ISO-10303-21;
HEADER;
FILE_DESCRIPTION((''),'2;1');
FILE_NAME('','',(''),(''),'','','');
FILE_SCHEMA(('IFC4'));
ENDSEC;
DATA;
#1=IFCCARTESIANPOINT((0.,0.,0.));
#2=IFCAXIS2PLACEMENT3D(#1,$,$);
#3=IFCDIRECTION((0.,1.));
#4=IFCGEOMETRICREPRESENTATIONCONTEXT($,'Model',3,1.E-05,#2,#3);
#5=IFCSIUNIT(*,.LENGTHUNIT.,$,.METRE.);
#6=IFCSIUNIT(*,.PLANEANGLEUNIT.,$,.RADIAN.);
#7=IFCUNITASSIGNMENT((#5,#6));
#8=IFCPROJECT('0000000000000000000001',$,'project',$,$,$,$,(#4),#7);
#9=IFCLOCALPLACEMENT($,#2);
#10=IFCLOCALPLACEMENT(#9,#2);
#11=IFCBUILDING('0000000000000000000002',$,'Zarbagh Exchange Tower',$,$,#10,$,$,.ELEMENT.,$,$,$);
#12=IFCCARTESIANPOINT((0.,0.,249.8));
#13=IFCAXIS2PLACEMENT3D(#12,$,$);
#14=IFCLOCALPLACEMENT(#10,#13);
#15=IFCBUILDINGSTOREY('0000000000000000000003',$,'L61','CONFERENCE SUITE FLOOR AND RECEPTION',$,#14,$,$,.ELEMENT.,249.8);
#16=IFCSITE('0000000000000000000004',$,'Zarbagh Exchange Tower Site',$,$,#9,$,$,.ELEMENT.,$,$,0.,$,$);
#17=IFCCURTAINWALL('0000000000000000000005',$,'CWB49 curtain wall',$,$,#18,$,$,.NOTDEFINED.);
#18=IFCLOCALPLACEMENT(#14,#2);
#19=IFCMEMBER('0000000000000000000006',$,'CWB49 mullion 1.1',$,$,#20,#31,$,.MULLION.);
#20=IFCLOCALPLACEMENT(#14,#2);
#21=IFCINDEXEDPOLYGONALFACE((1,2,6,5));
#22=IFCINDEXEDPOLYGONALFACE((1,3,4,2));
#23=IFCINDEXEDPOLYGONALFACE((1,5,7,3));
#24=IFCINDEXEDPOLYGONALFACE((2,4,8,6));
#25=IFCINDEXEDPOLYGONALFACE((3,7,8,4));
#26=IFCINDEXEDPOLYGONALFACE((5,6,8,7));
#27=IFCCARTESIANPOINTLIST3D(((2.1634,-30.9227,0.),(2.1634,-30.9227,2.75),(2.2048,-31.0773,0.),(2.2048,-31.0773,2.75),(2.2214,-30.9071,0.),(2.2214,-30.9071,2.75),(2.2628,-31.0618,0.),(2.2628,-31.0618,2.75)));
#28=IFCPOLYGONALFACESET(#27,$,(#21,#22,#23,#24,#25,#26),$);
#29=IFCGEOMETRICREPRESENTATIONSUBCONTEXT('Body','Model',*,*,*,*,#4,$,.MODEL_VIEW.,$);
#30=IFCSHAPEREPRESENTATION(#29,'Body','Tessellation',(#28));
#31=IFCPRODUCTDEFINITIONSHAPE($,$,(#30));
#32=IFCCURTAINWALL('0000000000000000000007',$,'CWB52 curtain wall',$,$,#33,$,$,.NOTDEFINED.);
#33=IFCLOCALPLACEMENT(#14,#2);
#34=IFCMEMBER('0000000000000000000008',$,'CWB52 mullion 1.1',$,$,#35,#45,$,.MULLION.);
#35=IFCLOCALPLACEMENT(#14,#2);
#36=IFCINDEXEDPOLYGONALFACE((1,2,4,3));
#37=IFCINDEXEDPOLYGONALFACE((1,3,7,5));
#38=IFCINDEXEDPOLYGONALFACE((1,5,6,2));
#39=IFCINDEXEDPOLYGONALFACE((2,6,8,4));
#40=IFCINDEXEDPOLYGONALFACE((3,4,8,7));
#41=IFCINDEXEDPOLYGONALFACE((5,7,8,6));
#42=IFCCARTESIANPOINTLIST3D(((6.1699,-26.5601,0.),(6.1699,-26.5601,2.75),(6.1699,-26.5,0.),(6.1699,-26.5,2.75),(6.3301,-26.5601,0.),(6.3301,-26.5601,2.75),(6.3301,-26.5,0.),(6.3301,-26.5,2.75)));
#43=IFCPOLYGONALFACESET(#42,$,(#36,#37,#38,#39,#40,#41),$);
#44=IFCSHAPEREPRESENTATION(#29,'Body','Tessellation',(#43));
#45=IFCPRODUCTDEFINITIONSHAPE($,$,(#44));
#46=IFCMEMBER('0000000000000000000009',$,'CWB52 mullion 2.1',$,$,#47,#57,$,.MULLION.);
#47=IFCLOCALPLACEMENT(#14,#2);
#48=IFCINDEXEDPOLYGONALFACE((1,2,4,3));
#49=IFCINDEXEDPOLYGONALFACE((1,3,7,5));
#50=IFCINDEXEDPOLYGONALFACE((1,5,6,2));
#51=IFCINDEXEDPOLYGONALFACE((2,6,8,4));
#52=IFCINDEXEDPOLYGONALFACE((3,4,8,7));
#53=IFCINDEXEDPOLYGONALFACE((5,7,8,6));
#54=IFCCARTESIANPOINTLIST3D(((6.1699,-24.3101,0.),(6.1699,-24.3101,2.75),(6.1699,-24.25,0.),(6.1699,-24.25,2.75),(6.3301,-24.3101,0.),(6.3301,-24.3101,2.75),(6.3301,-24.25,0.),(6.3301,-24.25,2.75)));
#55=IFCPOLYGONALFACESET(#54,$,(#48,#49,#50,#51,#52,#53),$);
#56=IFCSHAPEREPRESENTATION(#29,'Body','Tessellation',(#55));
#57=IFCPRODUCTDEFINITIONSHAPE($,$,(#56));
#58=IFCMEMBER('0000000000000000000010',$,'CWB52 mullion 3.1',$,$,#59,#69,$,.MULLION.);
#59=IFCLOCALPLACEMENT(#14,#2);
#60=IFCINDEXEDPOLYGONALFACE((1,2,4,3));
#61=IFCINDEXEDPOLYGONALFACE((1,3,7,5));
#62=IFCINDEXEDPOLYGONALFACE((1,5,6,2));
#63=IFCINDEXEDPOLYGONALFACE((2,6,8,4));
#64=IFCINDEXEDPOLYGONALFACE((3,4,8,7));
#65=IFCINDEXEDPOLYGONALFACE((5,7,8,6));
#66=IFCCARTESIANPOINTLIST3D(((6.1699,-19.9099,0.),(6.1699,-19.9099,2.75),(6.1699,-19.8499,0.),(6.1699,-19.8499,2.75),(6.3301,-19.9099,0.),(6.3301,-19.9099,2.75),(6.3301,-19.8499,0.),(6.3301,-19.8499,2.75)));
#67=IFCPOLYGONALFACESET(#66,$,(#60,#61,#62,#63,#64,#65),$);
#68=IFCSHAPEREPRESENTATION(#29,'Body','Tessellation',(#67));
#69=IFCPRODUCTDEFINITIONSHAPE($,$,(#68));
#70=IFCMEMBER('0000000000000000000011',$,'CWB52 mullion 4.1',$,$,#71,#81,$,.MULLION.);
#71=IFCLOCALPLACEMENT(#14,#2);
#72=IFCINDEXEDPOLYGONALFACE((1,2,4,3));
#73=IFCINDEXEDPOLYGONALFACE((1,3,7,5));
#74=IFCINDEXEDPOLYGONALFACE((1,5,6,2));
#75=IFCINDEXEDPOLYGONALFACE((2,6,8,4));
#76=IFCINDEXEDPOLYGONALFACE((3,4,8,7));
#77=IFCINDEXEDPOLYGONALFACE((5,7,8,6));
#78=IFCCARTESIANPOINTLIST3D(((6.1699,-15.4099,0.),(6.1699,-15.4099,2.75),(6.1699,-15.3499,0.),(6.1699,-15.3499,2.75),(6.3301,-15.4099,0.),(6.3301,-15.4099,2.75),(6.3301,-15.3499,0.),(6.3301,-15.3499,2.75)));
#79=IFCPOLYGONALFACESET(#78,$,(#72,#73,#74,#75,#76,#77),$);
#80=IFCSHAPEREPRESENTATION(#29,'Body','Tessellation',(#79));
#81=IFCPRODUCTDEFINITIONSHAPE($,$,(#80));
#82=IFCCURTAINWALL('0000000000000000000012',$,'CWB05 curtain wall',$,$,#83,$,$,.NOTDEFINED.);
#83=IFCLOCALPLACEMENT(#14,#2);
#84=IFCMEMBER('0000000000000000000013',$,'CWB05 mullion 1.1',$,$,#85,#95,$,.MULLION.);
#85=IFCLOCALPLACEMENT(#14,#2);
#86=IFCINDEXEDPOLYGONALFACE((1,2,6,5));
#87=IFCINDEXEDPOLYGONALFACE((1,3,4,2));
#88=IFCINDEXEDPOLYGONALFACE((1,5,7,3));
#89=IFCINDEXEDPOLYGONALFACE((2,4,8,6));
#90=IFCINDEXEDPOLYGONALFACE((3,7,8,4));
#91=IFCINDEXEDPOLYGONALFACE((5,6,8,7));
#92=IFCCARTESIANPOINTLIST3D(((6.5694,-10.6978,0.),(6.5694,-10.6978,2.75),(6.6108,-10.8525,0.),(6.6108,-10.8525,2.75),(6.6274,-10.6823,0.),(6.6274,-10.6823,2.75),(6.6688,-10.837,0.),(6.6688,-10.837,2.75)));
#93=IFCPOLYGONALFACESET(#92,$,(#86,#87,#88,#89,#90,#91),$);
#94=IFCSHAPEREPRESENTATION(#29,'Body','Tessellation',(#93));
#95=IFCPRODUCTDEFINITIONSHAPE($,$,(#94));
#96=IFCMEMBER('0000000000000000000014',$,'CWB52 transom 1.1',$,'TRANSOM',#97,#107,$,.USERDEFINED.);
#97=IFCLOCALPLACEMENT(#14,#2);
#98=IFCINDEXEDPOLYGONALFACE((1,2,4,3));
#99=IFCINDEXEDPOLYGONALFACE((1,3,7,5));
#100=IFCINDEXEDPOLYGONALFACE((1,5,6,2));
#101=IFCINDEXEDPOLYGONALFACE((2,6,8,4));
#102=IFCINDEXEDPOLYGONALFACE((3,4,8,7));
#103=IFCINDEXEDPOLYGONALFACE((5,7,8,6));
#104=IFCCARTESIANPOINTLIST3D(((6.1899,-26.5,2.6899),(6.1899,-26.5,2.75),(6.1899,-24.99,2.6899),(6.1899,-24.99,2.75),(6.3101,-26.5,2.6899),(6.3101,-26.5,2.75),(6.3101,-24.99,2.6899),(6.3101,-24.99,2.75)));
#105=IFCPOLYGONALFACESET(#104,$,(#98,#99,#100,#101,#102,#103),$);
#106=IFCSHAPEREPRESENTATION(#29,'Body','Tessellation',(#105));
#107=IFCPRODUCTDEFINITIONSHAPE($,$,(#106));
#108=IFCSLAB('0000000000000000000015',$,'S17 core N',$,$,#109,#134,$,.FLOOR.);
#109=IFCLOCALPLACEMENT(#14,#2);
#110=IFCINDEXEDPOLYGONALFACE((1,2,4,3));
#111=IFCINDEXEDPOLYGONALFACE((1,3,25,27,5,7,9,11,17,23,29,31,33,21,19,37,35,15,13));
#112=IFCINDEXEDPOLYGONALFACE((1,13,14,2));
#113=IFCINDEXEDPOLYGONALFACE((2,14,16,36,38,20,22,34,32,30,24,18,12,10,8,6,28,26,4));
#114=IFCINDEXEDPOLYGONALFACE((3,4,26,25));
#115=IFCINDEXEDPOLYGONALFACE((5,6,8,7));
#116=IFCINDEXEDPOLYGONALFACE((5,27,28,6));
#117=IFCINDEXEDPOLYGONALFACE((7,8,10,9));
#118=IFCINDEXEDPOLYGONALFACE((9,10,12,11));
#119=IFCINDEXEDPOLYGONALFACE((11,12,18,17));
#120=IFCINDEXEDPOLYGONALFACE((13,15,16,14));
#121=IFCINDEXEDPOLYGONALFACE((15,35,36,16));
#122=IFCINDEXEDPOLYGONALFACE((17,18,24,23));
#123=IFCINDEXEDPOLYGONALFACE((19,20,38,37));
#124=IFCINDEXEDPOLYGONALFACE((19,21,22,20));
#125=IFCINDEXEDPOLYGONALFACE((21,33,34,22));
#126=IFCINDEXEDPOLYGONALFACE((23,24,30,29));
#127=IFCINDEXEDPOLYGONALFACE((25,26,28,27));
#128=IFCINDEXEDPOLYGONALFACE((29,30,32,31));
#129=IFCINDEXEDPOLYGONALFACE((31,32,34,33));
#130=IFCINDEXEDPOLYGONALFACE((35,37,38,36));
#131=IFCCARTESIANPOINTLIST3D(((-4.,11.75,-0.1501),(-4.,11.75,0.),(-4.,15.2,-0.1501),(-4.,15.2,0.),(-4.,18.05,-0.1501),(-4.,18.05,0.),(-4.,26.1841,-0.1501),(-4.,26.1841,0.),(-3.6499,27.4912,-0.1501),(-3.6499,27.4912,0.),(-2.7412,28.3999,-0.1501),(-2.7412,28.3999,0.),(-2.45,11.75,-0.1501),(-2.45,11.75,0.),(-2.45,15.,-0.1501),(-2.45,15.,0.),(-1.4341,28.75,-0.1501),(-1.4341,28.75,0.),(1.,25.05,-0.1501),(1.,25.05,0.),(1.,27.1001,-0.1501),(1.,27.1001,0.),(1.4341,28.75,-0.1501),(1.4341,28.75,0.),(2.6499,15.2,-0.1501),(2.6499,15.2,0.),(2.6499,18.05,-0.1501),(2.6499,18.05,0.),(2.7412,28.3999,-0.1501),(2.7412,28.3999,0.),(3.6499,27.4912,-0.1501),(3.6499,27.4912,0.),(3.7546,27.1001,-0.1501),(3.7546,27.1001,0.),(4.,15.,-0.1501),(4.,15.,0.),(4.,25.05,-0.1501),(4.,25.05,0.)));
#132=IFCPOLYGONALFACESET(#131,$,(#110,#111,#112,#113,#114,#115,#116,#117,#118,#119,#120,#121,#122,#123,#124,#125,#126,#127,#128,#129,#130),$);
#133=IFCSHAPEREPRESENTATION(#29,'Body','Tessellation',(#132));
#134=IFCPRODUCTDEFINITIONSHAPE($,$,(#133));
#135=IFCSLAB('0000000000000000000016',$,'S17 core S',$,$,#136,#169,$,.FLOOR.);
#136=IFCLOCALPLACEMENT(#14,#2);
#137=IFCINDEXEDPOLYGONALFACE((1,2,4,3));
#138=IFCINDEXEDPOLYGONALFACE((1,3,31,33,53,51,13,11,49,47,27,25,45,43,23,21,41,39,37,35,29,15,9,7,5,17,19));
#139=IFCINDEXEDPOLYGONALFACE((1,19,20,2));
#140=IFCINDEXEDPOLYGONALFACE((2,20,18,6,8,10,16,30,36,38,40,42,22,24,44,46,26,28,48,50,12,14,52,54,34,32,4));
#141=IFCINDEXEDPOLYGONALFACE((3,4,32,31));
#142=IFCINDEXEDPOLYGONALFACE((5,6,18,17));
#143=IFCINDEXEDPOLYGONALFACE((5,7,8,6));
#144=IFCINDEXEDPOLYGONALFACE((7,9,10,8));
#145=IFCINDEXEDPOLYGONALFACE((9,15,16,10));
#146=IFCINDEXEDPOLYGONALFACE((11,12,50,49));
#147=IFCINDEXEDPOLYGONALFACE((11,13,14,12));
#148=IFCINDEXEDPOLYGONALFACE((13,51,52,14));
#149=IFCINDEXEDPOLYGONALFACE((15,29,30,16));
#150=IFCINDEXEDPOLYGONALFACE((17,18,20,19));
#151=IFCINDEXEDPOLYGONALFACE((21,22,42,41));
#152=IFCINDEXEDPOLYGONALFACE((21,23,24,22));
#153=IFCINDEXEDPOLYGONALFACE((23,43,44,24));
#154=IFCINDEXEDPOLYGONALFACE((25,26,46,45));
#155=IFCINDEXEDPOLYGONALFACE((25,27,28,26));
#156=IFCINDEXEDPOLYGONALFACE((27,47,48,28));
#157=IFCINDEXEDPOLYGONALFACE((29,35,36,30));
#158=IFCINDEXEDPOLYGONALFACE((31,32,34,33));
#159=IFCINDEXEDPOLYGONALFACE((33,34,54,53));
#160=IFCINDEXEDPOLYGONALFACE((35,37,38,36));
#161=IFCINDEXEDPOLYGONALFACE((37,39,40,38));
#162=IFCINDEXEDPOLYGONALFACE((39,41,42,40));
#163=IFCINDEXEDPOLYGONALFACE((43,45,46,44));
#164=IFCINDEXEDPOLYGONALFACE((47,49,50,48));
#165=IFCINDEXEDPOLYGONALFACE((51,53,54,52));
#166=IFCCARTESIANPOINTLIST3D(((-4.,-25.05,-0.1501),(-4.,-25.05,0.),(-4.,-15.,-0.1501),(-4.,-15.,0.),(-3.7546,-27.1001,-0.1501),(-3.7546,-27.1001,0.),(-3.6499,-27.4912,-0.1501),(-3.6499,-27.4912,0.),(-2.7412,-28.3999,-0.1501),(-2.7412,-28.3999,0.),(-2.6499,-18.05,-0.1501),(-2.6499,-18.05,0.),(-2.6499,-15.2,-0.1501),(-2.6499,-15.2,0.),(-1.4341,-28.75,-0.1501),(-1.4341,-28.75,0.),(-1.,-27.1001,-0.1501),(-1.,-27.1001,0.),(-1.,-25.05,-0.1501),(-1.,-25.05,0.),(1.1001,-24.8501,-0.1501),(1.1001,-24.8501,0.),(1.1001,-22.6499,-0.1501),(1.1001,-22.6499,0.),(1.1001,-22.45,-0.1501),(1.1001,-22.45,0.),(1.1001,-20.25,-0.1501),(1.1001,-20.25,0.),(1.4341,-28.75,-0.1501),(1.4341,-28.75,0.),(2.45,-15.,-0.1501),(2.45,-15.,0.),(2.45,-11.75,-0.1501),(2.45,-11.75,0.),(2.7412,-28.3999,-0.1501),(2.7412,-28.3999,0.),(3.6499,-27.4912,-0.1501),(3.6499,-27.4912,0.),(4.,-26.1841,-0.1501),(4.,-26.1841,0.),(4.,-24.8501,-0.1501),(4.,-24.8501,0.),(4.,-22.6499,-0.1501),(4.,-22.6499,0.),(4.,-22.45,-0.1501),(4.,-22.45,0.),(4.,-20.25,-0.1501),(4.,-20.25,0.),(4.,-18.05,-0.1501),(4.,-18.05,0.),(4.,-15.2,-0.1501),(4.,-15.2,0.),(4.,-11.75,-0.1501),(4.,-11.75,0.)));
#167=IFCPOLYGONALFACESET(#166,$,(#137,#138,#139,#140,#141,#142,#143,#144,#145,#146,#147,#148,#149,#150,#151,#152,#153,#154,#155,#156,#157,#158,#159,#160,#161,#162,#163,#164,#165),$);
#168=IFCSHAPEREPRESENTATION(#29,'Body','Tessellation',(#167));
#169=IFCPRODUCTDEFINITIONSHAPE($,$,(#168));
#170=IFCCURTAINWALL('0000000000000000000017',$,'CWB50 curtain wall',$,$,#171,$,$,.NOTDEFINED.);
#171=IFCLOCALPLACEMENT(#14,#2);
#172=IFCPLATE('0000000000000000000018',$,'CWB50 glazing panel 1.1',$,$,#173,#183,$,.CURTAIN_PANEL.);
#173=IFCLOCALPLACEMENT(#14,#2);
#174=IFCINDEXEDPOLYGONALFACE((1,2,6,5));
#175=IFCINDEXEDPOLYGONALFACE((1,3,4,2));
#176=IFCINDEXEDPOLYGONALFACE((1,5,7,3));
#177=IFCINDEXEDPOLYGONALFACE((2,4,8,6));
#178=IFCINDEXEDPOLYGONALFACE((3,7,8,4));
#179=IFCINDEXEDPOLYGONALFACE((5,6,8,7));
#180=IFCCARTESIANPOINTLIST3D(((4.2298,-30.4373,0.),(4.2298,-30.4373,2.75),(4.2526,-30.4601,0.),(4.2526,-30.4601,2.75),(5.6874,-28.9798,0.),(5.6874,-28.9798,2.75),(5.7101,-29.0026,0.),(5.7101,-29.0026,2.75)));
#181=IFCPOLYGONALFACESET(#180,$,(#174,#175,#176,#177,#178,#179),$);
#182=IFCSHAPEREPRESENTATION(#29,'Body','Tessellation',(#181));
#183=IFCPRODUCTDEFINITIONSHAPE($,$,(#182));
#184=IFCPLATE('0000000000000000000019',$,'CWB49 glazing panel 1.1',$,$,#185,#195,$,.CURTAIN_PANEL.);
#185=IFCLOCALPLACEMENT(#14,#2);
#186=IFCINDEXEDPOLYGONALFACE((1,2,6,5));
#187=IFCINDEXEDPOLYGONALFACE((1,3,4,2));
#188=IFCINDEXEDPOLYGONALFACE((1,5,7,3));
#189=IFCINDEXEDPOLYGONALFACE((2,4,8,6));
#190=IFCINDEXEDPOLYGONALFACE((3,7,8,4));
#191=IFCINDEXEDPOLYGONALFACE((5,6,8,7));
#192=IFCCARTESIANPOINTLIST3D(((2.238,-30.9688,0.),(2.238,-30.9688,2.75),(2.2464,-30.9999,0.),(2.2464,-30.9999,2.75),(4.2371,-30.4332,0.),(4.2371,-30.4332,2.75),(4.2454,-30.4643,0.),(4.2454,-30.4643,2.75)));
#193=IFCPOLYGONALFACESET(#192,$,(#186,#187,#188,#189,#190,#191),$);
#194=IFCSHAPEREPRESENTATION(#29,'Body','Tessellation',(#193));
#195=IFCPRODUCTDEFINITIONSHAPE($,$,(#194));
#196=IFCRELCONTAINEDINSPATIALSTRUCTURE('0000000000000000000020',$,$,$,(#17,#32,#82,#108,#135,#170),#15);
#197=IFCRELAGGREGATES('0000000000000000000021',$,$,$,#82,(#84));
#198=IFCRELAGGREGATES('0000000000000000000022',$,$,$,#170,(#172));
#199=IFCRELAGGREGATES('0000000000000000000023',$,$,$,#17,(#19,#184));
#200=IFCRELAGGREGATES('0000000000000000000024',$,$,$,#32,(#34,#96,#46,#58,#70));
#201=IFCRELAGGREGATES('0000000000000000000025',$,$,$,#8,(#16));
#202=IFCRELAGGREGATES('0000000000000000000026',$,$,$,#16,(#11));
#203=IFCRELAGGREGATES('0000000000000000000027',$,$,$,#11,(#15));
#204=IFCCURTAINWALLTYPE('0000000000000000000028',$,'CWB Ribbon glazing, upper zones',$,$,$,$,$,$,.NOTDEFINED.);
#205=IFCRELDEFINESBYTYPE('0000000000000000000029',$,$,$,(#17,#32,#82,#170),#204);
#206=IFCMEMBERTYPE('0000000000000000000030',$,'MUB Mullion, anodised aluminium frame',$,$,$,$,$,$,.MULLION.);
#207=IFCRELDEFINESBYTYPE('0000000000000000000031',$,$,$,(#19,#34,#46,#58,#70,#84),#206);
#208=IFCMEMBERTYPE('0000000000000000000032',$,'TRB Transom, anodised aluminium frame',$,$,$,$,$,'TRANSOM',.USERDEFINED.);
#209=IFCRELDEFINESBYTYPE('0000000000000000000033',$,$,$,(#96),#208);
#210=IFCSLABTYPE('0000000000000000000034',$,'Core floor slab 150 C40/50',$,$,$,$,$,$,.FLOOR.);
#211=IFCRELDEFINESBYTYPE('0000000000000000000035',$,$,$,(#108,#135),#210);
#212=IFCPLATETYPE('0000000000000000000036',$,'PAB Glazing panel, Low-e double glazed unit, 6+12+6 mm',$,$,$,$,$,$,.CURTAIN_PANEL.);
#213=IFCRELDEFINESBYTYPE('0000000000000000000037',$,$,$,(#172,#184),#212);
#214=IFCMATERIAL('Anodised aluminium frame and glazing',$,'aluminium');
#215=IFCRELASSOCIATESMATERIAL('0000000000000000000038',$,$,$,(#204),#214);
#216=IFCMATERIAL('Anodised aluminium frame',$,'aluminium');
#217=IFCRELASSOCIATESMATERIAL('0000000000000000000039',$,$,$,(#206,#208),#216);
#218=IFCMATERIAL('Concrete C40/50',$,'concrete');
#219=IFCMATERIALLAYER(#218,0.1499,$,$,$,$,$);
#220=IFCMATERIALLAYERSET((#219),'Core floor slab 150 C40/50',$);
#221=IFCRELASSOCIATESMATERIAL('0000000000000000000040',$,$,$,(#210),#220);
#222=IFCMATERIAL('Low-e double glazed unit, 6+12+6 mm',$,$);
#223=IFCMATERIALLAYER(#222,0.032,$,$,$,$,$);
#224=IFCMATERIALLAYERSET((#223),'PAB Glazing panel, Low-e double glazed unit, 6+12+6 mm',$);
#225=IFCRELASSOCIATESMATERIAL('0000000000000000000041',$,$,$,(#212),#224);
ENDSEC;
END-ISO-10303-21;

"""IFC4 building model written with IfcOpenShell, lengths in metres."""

from ifc_helpers import new_model, si_unit, direction, frame, origin, place, context, subcontext, project, spatial, polyline, outline, extrude, source, transform, mapped, material, layer, layer_set, type_object, element, aggregate, save


model = new_model("IFC4")

# Units and contexts
model_context = context("Model", 3, precision=1e-05, world=origin(), true_north=direction((0.0, 1.0)))
body_context = subcontext(model_context, "Body", "Model", "MODEL_VIEW")
ifc_project = project(units=[si_unit("LENGTHUNIT", "METRE"), si_unit("PLANEANGLEUNIT", "RADIAN")], contexts=[model_context])

# Site, building, storey
site_placement = place(None, origin())
site = spatial("IfcSite", under=ifc_project, at=site_placement, Name="Zarbagh Exchange Tower Site", CompositionType="ELEMENT", RefElevation=0.0)
building_placement = place(site_placement, origin())
building = spatial("IfcBuilding", under=site, at=building_placement, Name="Zarbagh Exchange Tower", CompositionType="ELEMENT")
storey_placement = place(building_placement, frame((0.0, 0.0, 249.8)))
storey = spatial("IfcBuildingStorey", under=building, at=storey_placement, Name="L61", Description="CONFERENCE SUITE FLOOR AND RECEPTION", CompositionType="ELEMENT", Elevation=249.8)

# Curtain wall, member
ifc_material_1 = material(Name="Anodised aluminium frame and glazing", Category="aluminium")
curtain_wall_type = type_object("IfcCurtainWallType", Name="CWB Ribbon glazing, upper zones", PredefinedType="NOTDEFINED", material=ifc_material_1)
curtain_wall_1_placement = place(storey_placement, origin())
curtain_wall_1 = element("IfcCurtainWall", 1, at=curtain_wall_1_placement, inside=storey, type_object=curtain_wall_type, Name="CWB49 curtain wall", PredefinedType="NOTDEFINED")
ifc_material_2 = material(Name="Anodised aluminium frame", Category="aluminium")
member_type_1 = type_object("IfcMemberType", Name="MUB Mullion, anodised aluminium frame", PredefinedType="MULLION", material=ifc_material_2)
shared_shape_1 = source(origin(), body_context, "Body", "SweptSolid", [
    extrude(outline(polyline([(0.0, -0.0801), (0.0601, -0.0801), (0.0601, 0.0801), (0.0, 0.0801), (0.0, -0.0801)])), origin(), (0.0, 0.0, 1.0), 2.75),
])
placement = place(storey_placement, origin())
member_1 = element("IfcMember", 2, at=placement, type_object=member_type_1, Name="CWB49 mullion 1.1", PredefinedType="MULLION", context=body_context, shape_type="MappedRepresentation", body=[
    mapped(shared_shape_1, transform((2.1841, -31.0, 0.0), x_axis=(0.965924, 0.258825, 0.0), y_axis=(-0.258825, 0.965924, 0.0), z_axis=(0.0, 0.0, 1.0))),
])

# Curtain wall, members
curtain_wall_2_placement = place(storey_placement, origin())
curtain_wall_2 = element("IfcCurtainWall", 3, at=curtain_wall_2_placement, inside=storey, type_object=curtain_wall_type, Name="CWB52 curtain wall", PredefinedType="NOTDEFINED")
member_2 = element("IfcMember", 4, at=placement, type_object=member_type_1, Name="CWB52 mullion 1.1", PredefinedType="MULLION", context=body_context, shape_type="MappedRepresentation", body=[
    mapped(shared_shape_1, transform((6.25, -26.5601, 0.0), x_axis=(0.0, 1.0, 0.0), y_axis=(-1.0, 0.0, 0.0), z_axis=(0.0, 0.0, 1.0))),
])
member_3 = element("IfcMember", 5, at=placement, type_object=member_type_1, Name="CWB52 mullion 2.1", PredefinedType="MULLION", context=body_context, shape_type="MappedRepresentation", body=[
    mapped(shared_shape_1, transform((6.25, -24.3101, 0.0), x_axis=(0.0, 1.0, 0.0), y_axis=(-1.0, 0.0, 0.0), z_axis=(0.0, 0.0, 1.0))),
])
member_4 = element("IfcMember", 6, at=placement, type_object=member_type_1, Name="CWB52 mullion 3.1", PredefinedType="MULLION", context=body_context, shape_type="MappedRepresentation", body=[
    mapped(shared_shape_1, transform((6.25, -19.9099, 0.0), x_axis=(0.0, 1.0, 0.0), y_axis=(-1.0, 0.0, 0.0), z_axis=(0.0, 0.0, 1.0))),
])
member_5 = element("IfcMember", 7, at=placement, type_object=member_type_1, Name="CWB52 mullion 4.1", PredefinedType="MULLION", context=body_context, shape_type="MappedRepresentation", body=[
    mapped(shared_shape_1, transform((6.25, -15.4099, 0.0), x_axis=(0.0, 1.0, 0.0), y_axis=(-1.0, 0.0, 0.0), z_axis=(0.0, 0.0, 1.0))),
])

# Curtain wall, member
curtain_wall_3_placement = place(storey_placement, origin())
curtain_wall_3 = element("IfcCurtainWall", 8, at=curtain_wall_3_placement, inside=storey, type_object=curtain_wall_type, Name="CWB05 curtain wall", PredefinedType="NOTDEFINED")
member_6 = element("IfcMember", 9, at=placement, type_object=member_type_1, Name="CWB05 mullion 1.1", PredefinedType="MULLION", context=body_context, shape_type="MappedRepresentation", body=[
    mapped(shared_shape_1, transform((6.5901, -10.7751, 0.0), x_axis=(0.965924, 0.258825, 0.0), y_axis=(-0.258825, 0.965924, 0.0), z_axis=(0.0, 0.0, 1.0))),
])
aggregate(curtain_wall_3, [member_6])

# Member
member_type_2 = type_object("IfcMemberType", Name="TRB Transom, anodised aluminium frame", ElementType="TRANSOM", PredefinedType="USERDEFINED", material=ifc_material_2)
shared_shape_2 = source(origin(), body_context, "Body", "SweptSolid", [
    extrude(outline(polyline([(-0.0601, -0.0601), (0.0, -0.0601), (0.0, 0.0601), (-0.0601, 0.0601), (-0.0601, -0.0601)])), origin(), (0.0, 0.0, 1.0), 1.51),
])
member_7 = element("IfcMember", 10, at=placement, type_object=member_type_2, Name="CWB52 transom 1.1", ObjectType="TRANSOM", PredefinedType="USERDEFINED", context=body_context, shape_type="MappedRepresentation", body=[
    mapped(shared_shape_2, transform((6.25, -26.5, 2.75), x_axis=(0.0, 0.0, 1.0), y_axis=(1.0, 0.0, 0.0), z_axis=(0.0, 1.0, 0.0))),
])

# Slabs
ifc_material_3 = material(Name="Concrete C40/50", Category="concrete")
ifc_layer_1 = layer(ifc_material_3, 0.1499)
ifc_layer_set_1 = layer_set([ifc_layer_1], Name="Core floor slab 150 C40/50")
slab_type = type_object("IfcSlabType", Name="Core floor slab 150 C40/50", PredefinedType="FLOOR", material=ifc_layer_set_1)
slab_1_placement = place(storey_placement, frame((0.0, 0.0, -0.1501)))
element("IfcSlab", 11, at=slab_1_placement, inside=storey, type_object=slab_type, Name="S17 core N", PredefinedType="FLOOR", context=body_context, shape_type="SweptSolid", body=[
    extrude(outline(polyline([(-4.0, 11.75), (-4.0, 15.2), (2.6499, 15.2), (2.6499, 18.05), (-4.0, 18.05), (-4.0, 26.1841), (-3.6499, 27.4912), (-2.7412, 28.3999), (-1.4341, 28.75), (1.4341, 28.75), (2.7412, 28.3999), (3.6499, 27.4912), (3.8577, 26.7151), (3.7546, 27.1001), (1.0, 27.1001), (1.0, 25.05), (4.0, 25.05), (4.0, 15.0), (-2.45, 15.0), (-2.45, 11.75), (-4.0, 11.75)])), origin(), (0.0, 0.0, 1.0), 0.1501),
])
slab_2_placement = place(storey_placement, frame((0.0, 0.0, -0.1501)))
element("IfcSlab", 12, at=slab_2_placement, inside=storey, type_object=slab_type, Name="S17 core S", PredefinedType="FLOOR", context=body_context, shape_type="SweptSolid", body=[
    extrude(outline(polyline([(-2.7412, -28.3999), (-3.6499, -27.4912), (-3.8577, -26.7151), (-3.7546, -27.1001), (-1.0, -27.1001), (-1.0, -25.05), (-4.0, -25.05), (-4.0, -15.0), (2.45, -15.0), (2.45, -11.75), (4.0, -11.75), (4.0, -15.2), (-2.6499, -15.2), (-2.6499, -18.05), (4.0, -18.05), (4.0, -20.25), (1.1001, -20.25), (1.1001, -22.45), (4.0, -22.45), (4.0, -22.6499), (1.1001, -22.6499), (1.1001, -24.8501), (4.0, -24.8501), (4.0, -26.1841), (3.6499, -27.4912), (2.7412, -28.3999), (1.4341, -28.75), (-1.4341, -28.75), (-2.7412, -28.3999)])), origin(), (0.0, 0.0, 1.0), 0.1501),
])

# Curtain wall, plate
curtain_wall_4_placement = place(storey_placement, origin())
curtain_wall_4 = element("IfcCurtainWall", 13, at=curtain_wall_4_placement, inside=storey, type_object=curtain_wall_type, Name="CWB50 curtain wall", PredefinedType="NOTDEFINED")
ifc_material_4 = material(Name="Low-e double glazed unit, 6+12+6 mm")
ifc_layer_2 = layer(ifc_material_4, 0.032)
ifc_layer_set_2 = layer_set([ifc_layer_2], Name="PAB Glazing panel, Low-e double glazed unit, 6+12+6 mm")
plate_type = type_object("IfcPlateType", Name="PAB Glazing panel, Low-e double glazed unit, 6+12+6 mm", PredefinedType="CURTAIN_PANEL", material=ifc_layer_set_2)
shared_shape_3 = source(origin(), body_context, "Body", "SweptSolid", [
    extrude(outline(polyline([(0.0, -0.0161), (2.0613, -0.0161), (2.0613, 0.0161), (0.0, 0.0161), (0.0, -0.0161)])), origin(), (0.0, 0.0, 1.0), 2.75),
])
plate_1 = element("IfcPlate", 14, at=placement, type_object=plate_type, Name="CWB50 glazing panel 1.1", PredefinedType="CURTAIN_PANEL", context=body_context, shape_type="MappedRepresentation", body=[
    mapped(shared_shape_3, transform((4.2412, -30.4487, 0.0), x_axis=(0.707107, 0.707107, 0.0), y_axis=(-0.707107, 0.707107, 0.0), z_axis=(0.0, 0.0, 1.0))),
])
aggregate(curtain_wall_4, [plate_1])

# Plate
shared_shape_4 = source(origin(), body_context, "Body", "SweptSolid", [
    extrude(outline(polyline([(0.0, -0.0161), (2.0696, -0.0161), (2.0696, 0.0161), (0.0, 0.0161), (0.0, -0.0161)])), origin(), (0.0, 0.0, 1.0), 2.75),
])
plate_2 = element("IfcPlate", 15, at=placement, type_object=plate_type, Name="CWB49 glazing panel 1.1", PredefinedType="CURTAIN_PANEL", context=body_context, shape_type="MappedRepresentation", body=[
    mapped(shared_shape_4, transform((2.2422, -30.9844, 0.0), x_axis=(0.965924, 0.258825, 0.0), y_axis=(-0.258825, 0.965924, 0.0), z_axis=(0.0, 0.0, 1.0))),
])
aggregate(curtain_wall_1, [member_1, plate_2])

aggregate(curtain_wall_2, [member_2, member_7, member_3, member_4, member_5])

save(model, "model.ifc")
